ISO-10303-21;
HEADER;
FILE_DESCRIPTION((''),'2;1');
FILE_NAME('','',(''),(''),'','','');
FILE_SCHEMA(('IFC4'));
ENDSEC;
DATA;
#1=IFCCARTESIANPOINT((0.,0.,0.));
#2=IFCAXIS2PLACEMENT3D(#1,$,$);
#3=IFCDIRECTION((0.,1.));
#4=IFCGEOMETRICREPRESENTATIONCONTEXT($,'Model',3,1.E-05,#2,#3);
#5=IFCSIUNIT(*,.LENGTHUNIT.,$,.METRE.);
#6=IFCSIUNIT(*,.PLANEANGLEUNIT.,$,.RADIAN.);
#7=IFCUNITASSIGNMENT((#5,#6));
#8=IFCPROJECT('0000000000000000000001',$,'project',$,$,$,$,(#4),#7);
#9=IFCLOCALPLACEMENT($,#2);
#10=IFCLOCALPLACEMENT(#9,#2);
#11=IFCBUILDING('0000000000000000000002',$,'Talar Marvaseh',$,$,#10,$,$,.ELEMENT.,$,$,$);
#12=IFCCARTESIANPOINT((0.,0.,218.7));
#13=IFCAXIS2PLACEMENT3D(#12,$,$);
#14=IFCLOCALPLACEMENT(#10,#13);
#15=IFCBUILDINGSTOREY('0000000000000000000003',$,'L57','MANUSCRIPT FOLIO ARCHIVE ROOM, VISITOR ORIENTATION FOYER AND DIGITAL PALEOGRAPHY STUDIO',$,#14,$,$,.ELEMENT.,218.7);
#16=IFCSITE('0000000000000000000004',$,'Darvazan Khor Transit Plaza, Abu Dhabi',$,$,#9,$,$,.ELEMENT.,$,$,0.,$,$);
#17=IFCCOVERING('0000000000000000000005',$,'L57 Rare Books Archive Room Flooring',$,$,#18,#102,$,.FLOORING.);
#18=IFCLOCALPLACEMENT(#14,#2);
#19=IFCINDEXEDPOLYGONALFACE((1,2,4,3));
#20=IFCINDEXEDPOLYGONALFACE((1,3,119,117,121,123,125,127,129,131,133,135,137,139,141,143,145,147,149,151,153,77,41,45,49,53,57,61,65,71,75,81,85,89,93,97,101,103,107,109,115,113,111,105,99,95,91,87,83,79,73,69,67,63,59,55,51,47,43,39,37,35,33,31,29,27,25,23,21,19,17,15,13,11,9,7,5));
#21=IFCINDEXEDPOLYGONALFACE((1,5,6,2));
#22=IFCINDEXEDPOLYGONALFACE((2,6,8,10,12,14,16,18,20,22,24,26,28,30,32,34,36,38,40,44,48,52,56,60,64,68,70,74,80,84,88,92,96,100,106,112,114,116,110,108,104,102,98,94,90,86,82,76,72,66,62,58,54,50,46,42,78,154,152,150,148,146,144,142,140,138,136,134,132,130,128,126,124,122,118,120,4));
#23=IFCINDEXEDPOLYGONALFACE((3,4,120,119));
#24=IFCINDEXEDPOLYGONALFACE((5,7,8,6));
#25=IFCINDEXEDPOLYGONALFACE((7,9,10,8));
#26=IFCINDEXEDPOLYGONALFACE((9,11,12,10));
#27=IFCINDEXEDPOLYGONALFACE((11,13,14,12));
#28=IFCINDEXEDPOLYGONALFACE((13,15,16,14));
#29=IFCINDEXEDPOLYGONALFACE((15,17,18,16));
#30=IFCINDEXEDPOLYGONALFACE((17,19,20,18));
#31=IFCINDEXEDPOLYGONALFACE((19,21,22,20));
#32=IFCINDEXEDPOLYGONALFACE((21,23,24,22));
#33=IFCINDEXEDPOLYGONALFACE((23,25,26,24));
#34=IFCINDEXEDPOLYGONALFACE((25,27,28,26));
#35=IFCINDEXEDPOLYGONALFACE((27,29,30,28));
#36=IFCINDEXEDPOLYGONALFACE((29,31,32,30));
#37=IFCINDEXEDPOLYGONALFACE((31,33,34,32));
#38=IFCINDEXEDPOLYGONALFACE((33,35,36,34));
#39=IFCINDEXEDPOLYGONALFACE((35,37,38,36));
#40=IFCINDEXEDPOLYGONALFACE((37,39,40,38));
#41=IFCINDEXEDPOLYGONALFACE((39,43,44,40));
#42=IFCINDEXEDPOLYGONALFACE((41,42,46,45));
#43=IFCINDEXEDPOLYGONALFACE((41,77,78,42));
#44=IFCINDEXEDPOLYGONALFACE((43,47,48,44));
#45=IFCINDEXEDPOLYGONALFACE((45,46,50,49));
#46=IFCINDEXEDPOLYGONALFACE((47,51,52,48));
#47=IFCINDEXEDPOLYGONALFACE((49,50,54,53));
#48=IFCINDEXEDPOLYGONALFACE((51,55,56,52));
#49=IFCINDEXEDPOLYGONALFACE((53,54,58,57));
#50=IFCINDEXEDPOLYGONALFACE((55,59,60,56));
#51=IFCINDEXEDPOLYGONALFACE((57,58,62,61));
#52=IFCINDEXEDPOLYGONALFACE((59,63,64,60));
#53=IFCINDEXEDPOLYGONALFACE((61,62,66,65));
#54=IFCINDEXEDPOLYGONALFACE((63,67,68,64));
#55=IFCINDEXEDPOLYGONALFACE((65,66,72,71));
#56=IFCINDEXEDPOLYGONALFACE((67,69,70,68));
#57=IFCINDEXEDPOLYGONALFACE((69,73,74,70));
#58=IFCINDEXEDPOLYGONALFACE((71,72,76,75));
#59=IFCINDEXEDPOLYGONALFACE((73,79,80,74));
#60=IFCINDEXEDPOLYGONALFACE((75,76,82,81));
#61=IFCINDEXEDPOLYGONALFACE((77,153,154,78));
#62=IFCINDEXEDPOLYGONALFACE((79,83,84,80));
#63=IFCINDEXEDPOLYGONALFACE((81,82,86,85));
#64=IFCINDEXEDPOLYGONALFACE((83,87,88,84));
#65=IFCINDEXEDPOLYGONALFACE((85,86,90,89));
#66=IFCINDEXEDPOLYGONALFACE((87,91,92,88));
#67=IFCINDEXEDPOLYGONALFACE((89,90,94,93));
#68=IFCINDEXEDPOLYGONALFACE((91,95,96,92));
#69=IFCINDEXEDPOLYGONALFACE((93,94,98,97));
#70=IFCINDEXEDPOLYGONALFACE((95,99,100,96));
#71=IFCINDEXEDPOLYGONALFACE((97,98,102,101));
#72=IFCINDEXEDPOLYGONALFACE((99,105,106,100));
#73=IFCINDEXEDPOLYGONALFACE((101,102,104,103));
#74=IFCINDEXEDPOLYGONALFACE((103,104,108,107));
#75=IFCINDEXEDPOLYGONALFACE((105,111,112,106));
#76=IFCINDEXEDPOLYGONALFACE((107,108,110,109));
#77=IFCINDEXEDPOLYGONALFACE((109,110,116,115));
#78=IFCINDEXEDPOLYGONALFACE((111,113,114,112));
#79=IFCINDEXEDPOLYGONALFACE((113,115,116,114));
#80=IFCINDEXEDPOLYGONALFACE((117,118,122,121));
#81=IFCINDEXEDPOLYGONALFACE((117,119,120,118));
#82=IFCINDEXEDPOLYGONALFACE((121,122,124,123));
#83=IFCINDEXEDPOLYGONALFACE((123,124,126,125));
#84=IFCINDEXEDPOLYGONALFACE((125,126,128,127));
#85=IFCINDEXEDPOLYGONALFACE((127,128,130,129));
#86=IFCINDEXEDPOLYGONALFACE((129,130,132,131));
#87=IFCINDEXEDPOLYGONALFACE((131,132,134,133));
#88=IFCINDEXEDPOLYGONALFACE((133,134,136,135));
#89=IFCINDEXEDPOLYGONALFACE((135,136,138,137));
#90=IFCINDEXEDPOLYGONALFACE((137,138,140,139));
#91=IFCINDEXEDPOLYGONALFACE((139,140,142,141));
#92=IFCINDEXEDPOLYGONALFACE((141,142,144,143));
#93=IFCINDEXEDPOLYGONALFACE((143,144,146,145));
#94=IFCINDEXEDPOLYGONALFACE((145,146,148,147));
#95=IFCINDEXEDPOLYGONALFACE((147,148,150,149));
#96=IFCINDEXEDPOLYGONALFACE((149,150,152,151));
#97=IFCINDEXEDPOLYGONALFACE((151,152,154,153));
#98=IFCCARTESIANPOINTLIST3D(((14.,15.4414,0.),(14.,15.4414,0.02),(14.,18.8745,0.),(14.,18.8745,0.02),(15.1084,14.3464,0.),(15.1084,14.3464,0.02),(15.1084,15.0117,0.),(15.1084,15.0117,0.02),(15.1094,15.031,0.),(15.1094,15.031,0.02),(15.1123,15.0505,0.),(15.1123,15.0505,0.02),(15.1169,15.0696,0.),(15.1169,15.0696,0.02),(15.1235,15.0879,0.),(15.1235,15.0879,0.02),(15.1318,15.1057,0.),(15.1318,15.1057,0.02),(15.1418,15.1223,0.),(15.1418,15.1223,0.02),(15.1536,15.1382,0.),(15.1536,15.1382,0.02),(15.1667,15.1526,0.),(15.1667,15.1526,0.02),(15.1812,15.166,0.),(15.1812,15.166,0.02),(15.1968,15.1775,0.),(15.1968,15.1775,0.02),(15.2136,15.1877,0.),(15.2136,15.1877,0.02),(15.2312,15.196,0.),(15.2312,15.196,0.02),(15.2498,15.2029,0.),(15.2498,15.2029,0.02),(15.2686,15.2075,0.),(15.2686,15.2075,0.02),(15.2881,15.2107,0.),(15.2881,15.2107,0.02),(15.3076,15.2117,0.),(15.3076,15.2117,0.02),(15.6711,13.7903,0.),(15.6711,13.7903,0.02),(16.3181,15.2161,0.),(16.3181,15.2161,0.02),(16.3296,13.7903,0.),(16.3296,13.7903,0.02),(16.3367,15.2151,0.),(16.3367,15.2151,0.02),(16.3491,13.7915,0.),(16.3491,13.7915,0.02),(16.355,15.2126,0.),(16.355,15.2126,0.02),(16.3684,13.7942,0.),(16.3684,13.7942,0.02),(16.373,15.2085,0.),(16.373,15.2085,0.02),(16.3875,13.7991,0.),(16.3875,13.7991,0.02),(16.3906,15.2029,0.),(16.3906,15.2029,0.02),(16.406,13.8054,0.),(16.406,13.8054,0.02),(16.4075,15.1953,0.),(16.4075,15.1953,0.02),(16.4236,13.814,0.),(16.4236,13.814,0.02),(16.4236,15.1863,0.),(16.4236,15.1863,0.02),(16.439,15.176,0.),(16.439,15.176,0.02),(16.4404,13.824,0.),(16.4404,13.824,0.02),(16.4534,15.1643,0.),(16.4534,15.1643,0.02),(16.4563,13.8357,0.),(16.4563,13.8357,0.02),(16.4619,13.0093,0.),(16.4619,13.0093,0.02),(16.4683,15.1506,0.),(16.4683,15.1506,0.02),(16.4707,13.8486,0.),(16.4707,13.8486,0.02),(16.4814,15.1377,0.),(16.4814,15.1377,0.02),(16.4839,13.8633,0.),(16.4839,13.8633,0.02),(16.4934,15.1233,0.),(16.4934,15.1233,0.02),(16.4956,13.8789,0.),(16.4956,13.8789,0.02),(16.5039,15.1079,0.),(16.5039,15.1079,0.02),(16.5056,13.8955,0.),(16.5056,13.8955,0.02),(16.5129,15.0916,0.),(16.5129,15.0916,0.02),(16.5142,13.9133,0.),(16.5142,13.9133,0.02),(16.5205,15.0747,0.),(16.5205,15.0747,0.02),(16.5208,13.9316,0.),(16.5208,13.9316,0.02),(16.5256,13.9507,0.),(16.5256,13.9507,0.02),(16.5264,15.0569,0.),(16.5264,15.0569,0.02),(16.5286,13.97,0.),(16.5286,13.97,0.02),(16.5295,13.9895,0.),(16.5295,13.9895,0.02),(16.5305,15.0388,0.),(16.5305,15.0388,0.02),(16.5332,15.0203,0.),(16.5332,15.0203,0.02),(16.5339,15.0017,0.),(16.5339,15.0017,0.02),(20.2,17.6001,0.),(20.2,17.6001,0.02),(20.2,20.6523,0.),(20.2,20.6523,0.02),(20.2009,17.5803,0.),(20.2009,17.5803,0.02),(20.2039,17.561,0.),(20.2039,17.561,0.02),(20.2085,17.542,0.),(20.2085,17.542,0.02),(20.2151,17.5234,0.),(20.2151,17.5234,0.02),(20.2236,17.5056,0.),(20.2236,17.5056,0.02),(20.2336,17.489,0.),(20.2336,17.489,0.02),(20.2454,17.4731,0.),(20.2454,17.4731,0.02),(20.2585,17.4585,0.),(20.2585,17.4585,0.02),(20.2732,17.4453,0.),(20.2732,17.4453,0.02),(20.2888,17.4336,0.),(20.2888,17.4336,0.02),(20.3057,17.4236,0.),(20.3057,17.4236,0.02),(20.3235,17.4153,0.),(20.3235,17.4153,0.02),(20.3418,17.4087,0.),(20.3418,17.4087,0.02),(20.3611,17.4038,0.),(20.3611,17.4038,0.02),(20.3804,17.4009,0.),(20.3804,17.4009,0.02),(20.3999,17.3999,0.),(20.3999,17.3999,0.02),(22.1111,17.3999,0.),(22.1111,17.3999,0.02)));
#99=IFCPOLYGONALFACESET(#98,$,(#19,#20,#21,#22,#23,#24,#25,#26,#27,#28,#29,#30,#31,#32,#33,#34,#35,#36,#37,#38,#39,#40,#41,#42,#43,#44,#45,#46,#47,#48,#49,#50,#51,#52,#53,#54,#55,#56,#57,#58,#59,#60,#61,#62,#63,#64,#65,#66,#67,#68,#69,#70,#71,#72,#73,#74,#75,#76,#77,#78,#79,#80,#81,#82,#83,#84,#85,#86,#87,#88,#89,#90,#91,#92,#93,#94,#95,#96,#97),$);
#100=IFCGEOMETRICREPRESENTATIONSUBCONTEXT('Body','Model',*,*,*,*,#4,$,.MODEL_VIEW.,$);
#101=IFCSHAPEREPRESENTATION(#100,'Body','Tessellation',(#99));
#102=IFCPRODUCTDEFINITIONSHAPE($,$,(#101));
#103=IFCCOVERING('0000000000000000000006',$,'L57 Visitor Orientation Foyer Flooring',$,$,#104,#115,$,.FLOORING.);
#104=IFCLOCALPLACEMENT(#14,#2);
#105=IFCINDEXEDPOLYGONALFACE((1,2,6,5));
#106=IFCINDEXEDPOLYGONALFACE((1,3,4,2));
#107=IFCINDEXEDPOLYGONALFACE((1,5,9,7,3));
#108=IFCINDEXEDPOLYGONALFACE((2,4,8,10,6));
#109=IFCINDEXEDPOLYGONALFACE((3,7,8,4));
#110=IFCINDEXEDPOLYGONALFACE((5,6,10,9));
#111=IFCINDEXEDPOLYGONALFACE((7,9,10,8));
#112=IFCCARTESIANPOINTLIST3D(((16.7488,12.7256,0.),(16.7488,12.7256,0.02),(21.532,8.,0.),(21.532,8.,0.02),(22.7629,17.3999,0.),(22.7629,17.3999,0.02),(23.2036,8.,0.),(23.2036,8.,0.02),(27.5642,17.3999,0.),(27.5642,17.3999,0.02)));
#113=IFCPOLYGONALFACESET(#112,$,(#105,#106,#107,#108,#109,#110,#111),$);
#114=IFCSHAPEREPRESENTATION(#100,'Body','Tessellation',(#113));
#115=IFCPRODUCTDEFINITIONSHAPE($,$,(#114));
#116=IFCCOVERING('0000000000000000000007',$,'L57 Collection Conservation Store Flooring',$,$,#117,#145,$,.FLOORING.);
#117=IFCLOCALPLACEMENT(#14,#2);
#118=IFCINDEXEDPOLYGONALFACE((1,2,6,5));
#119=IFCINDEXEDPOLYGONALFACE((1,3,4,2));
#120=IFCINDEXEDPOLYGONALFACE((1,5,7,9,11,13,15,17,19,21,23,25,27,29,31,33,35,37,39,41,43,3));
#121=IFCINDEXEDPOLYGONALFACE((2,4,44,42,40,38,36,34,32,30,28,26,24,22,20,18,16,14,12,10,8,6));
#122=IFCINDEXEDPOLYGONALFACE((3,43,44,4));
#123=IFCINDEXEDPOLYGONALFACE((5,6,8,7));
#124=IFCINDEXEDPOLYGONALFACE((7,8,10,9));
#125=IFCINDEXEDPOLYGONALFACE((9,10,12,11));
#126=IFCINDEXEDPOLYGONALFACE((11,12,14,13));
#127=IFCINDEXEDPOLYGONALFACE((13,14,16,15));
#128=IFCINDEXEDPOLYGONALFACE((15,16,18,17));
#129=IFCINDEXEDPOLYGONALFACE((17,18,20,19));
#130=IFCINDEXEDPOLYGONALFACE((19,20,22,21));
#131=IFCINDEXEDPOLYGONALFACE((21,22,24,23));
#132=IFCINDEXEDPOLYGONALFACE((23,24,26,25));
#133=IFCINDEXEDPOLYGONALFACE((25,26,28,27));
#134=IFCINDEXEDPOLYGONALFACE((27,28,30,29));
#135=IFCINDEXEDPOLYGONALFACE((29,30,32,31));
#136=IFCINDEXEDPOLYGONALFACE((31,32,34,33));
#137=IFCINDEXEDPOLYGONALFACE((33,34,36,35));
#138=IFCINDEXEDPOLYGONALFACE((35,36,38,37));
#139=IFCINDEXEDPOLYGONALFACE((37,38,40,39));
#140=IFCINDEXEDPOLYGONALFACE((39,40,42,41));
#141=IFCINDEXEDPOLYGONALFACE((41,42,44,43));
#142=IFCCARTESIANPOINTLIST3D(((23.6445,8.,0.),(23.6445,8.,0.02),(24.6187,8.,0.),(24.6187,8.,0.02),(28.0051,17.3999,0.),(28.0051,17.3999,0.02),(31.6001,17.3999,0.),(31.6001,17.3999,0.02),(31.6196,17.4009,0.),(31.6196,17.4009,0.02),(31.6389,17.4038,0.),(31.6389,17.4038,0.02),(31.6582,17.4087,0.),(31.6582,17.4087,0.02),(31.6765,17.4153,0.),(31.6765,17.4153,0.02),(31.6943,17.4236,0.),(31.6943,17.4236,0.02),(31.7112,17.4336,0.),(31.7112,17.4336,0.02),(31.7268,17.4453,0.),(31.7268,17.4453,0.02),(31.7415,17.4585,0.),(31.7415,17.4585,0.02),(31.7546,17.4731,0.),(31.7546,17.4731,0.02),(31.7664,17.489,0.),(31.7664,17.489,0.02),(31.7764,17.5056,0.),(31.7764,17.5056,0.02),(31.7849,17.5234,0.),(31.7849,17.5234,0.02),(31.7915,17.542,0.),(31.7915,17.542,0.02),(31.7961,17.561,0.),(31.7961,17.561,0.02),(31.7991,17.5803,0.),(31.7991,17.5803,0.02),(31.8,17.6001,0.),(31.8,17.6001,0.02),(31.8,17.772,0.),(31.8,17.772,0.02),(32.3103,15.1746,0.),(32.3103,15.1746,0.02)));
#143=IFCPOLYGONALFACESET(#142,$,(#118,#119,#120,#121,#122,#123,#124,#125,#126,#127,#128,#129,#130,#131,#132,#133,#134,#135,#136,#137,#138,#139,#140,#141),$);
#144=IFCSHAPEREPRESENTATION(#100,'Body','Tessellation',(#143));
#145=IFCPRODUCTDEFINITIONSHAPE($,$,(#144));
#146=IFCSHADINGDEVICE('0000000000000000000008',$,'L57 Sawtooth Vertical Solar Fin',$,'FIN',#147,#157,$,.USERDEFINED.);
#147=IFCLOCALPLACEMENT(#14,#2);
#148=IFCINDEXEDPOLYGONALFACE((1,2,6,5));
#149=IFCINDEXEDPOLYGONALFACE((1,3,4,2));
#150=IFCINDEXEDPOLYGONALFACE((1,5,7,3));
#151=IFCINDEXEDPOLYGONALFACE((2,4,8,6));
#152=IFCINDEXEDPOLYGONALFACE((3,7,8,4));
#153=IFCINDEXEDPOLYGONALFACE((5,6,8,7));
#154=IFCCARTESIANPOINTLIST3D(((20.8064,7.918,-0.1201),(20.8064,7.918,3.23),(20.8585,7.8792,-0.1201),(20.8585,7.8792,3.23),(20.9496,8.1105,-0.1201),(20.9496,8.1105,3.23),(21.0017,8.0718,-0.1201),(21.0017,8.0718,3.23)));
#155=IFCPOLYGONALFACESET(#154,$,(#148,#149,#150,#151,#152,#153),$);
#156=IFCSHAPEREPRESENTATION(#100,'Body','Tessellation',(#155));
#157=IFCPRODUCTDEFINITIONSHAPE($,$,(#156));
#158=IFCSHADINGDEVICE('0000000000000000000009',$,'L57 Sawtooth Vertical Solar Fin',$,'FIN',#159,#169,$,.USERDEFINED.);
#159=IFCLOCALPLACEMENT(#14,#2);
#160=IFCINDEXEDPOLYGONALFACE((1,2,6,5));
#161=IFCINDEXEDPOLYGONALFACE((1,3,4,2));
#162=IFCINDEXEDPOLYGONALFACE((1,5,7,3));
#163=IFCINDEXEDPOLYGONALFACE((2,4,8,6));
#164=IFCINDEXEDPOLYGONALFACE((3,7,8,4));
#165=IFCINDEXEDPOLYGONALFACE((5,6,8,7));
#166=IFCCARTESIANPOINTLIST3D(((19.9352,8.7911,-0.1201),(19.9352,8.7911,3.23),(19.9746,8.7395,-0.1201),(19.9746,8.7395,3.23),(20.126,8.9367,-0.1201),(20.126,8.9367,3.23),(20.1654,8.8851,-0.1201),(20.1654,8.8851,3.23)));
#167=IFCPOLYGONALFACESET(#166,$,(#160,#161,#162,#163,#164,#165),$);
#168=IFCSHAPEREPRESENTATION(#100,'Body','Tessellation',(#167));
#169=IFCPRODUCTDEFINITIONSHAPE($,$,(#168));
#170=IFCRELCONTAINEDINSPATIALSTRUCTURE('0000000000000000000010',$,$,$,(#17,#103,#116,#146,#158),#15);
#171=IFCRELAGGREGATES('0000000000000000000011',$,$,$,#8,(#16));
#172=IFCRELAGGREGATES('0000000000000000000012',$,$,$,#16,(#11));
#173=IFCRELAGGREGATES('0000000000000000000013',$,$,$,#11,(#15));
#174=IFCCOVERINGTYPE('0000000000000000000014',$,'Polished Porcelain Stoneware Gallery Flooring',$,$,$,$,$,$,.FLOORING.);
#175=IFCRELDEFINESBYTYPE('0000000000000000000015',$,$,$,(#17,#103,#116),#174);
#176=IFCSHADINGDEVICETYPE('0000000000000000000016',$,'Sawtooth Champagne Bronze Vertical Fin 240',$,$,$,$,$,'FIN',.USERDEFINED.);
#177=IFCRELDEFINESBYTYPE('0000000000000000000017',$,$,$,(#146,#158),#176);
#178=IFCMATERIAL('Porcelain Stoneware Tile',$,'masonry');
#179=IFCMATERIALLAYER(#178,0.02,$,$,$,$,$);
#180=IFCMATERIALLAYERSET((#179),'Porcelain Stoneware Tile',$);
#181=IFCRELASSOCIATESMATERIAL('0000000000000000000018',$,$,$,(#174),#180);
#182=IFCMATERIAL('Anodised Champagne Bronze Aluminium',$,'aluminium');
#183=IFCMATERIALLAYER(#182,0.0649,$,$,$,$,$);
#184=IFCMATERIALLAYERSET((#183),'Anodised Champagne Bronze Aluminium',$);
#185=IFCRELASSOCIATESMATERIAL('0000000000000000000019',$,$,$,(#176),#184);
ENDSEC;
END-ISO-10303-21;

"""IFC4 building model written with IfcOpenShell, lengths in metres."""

from ifc_helpers import new_model, si_unit, direction, frame, origin, origin_2d, place, context, subcontext, project, spatial, polyline, rectangle, outline, extrude, source, transform, mapped, material, layer, layer_set, type_object, type_shapes, element, save


model = new_model("IFC4")

# Units and contexts
model_context = context("Model", 3, precision=1e-05, world=origin(), true_north=direction((0.0, 1.0)))
body_context = subcontext(model_context, "Body", "Model", "MODEL_VIEW")
ifc_project = project(units=[si_unit("LENGTHUNIT", "METRE"), si_unit("PLANEANGLEUNIT", "RADIAN")], contexts=[model_context])

# Site, building, storey
site_placement = place(None, origin())
site = spatial("IfcSite", under=ifc_project, at=site_placement, Name="Darvazan Khor Transit Plaza, Abu Dhabi", CompositionType="ELEMENT", RefElevation=0.0)
building_placement = place(site_placement, origin())
building = spatial("IfcBuilding", under=site, at=building_placement, Name="Talar Marvaseh", CompositionType="ELEMENT")
storey_placement = place(building_placement, frame((0.0, 0.0, 218.7)))
storey = spatial("IfcBuildingStorey", under=building, at=storey_placement, Name="L57", Description="MANUSCRIPT FOLIO ARCHIVE ROOM, VISITOR ORIENTATION FOYER AND DIGITAL PALEOGRAPHY STUDIO", CompositionType="ELEMENT", Elevation=218.7)

# Coverings
ifc_material_1 = material(Name="Porcelain Stoneware Tile", Category="masonry")
ifc_layer_1 = layer(ifc_material_1, 0.02)
ifc_layer_set_1 = layer_set([ifc_layer_1], Name="Porcelain Stoneware Tile")
covering_type_1 = type_object("IfcCoveringType", Name="Polished Porcelain Stoneware Gallery Flooring", PredefinedType="FLOORING", material=ifc_layer_set_1)
covering_1_placement = place(storey_placement, origin())
element("IfcCovering", 1, at=covering_1_placement, inside=storey, type_object=covering_type_1, Name="L57 Rare Books Archive Room Flooring", PredefinedType="FLOORING", context=body_context, shape_type="SweptSolid", body=[
    extrude(outline(polyline([(20.2, 17.6001), (20.2009, 17.5803), (20.2039, 17.561), (20.2085, 17.542), (20.2151, 17.5234), (20.2236, 17.5056), (20.2336, 17.489), (20.2454, 17.4731), (20.2585, 17.4585), (20.2732, 17.4453), (20.2888, 17.4336), (20.3057, 17.4236), (20.3235, 17.4153), (20.3418, 17.4087), (20.3611, 17.4038), (20.3804, 17.4009), (20.3999, 17.3999), (22.1111, 17.3999), (16.4619, 13.0093), (15.6711, 13.7903), (16.3296, 13.7903), (16.3491, 13.7915), (16.3684, 13.7942), (16.3875, 13.7991), (16.406, 13.8054), (16.4236, 13.814), (16.4404, 13.824), (16.4563, 13.8357), (16.4707, 13.8486), (16.4839, 13.8633), (16.4956, 13.8789), (16.5056, 13.8955), (16.5142, 13.9133), (16.5208, 13.9316), (16.5256, 13.9507), (16.5286, 13.97), (16.5295, 13.9895), (16.5339, 15.0017), (16.5332, 15.0203), (16.5305, 15.0388), (16.5264, 15.0569), (16.5205, 15.0747), (16.5129, 15.0916), (16.5039, 15.1079), (16.4934, 15.1233), (16.4814, 15.1377), (16.4683, 15.1506), (16.4534, 15.1643), (16.439, 15.176), (16.4236, 15.1863), (16.4075, 15.1953), (16.3906, 15.2029), (16.373, 15.2085), (16.355, 15.2126), (16.3367, 15.2151), (16.3181, 15.2161), (15.3076, 15.2117), (15.2881, 15.2107), (15.2686, 15.2075), (15.2498, 15.2029), (15.2312, 15.196), (15.2136, 15.1877), (15.1968, 15.1775), (15.1812, 15.166), (15.1667, 15.1526), (15.1536, 15.1382), (15.1418, 15.1223), (15.1318, 15.1057), (15.1235, 15.0879), (15.1169, 15.0696), (15.1123, 15.0505), (15.1094, 15.031), (15.1084, 15.0117), (15.1084, 14.3464), (14.0, 15.4414), (14.0, 18.8745), (20.2, 20.6523), (20.2, 17.6001)])), origin(), (0.0, 0.0, 1.0), 0.02),
])
covering_2_placement = place(storey_placement, origin())
element("IfcCovering", 2, at=covering_2_placement, inside=storey, type_object=covering_type_1, Name="L57 Visitor Orientation Foyer Flooring", PredefinedType="FLOORING", context=body_context, shape_type="SweptSolid", body=[
    extrude(outline(polyline([(27.5642, 17.3999), (23.2036, 8.0), (21.532, 8.0), (16.7488, 12.7256), (22.7629, 17.3999), (27.5642, 17.3999)])), origin(), (0.0, 0.0, 1.0), 0.02),
])
covering_3_placement = place(storey_placement, origin())
element("IfcCovering", 3, at=covering_3_placement, inside=storey, type_object=covering_type_1, Name="L57 Collection Conservation Store Flooring", PredefinedType="FLOORING", context=body_context, shape_type="SweptSolid", body=[
    extrude(outline(polyline([(31.6001, 17.3999), (31.6196, 17.4009), (31.6389, 17.4038), (31.6582, 17.4087), (31.6765, 17.4153), (31.6943, 17.4236), (31.7112, 17.4336), (31.7268, 17.4453), (31.7415, 17.4585), (31.7546, 17.4731), (31.7664, 17.489), (31.7764, 17.5056), (31.7849, 17.5234), (31.7915, 17.542), (31.7961, 17.561), (31.7991, 17.5803), (31.8, 17.6001), (31.8, 17.772), (32.3103, 15.1746), (24.6187, 8.0), (23.6445, 8.0), (28.0051, 17.3999), (31.6001, 17.3999)])), origin(), (0.0, 0.0, 1.0), 0.02),
])

# Shading devices
ifc_material_2 = material(Name="Anodised Champagne Bronze Aluminium", Category="aluminium")
ifc_layer_2 = layer(ifc_material_2, 0.0649)
ifc_layer_set_2 = layer_set([ifc_layer_2], Name="Anodised Champagne Bronze Aluminium")
shading_device_type_1 = type_object("IfcShadingDeviceType", Name="Sawtooth Champagne Bronze Vertical Fin 240", ElementType="FIN", PredefinedType="USERDEFINED", material=ifc_layer_set_2)
shared_shape_1 = source(origin(), body_context, "Body", "SweptSolid", [
    extrude(rectangle(XDim=0.24, YDim=0.0649, at=origin_2d()), origin(), (0.0, 0.0, 1.0), 3.3501),
])
type_shapes(shading_device_type_1, [shared_shape_1])
for number, where, z_axis, x_axis, name in (
    (4, (20.9041, 7.9949, -0.1201), (0.0, 0.0, 1.0), (-0.596925, -0.802297, 0.0), "L57 Sawtooth Vertical Solar Fin"),
    (5, (20.0503, 8.8381, -0.1201), (0.0, 0.0, 1.0), (-0.794944, -0.606682, 0.0), "L57 Sawtooth Vertical Solar Fin"),
):
    element("IfcShadingDevice", number, at=place(storey_placement, frame(where, z_axis=z_axis, x_axis=x_axis)), inside=storey, type_object=shading_device_type_1, Name=name, ObjectType="FIN", PredefinedType="USERDEFINED", context=body_context, shape_type="MappedRepresentation", body=[
        mapped(shared_shape_1, transform((0.0, 0.0, 0.0), x_axis=(1.0, 0.0, 0.0), y_axis=(0.0, 1.0, 0.0), z_axis=(0.0, 0.0, 1.0), scale=1.0)),
    ])

save(model, "model.ifc")
